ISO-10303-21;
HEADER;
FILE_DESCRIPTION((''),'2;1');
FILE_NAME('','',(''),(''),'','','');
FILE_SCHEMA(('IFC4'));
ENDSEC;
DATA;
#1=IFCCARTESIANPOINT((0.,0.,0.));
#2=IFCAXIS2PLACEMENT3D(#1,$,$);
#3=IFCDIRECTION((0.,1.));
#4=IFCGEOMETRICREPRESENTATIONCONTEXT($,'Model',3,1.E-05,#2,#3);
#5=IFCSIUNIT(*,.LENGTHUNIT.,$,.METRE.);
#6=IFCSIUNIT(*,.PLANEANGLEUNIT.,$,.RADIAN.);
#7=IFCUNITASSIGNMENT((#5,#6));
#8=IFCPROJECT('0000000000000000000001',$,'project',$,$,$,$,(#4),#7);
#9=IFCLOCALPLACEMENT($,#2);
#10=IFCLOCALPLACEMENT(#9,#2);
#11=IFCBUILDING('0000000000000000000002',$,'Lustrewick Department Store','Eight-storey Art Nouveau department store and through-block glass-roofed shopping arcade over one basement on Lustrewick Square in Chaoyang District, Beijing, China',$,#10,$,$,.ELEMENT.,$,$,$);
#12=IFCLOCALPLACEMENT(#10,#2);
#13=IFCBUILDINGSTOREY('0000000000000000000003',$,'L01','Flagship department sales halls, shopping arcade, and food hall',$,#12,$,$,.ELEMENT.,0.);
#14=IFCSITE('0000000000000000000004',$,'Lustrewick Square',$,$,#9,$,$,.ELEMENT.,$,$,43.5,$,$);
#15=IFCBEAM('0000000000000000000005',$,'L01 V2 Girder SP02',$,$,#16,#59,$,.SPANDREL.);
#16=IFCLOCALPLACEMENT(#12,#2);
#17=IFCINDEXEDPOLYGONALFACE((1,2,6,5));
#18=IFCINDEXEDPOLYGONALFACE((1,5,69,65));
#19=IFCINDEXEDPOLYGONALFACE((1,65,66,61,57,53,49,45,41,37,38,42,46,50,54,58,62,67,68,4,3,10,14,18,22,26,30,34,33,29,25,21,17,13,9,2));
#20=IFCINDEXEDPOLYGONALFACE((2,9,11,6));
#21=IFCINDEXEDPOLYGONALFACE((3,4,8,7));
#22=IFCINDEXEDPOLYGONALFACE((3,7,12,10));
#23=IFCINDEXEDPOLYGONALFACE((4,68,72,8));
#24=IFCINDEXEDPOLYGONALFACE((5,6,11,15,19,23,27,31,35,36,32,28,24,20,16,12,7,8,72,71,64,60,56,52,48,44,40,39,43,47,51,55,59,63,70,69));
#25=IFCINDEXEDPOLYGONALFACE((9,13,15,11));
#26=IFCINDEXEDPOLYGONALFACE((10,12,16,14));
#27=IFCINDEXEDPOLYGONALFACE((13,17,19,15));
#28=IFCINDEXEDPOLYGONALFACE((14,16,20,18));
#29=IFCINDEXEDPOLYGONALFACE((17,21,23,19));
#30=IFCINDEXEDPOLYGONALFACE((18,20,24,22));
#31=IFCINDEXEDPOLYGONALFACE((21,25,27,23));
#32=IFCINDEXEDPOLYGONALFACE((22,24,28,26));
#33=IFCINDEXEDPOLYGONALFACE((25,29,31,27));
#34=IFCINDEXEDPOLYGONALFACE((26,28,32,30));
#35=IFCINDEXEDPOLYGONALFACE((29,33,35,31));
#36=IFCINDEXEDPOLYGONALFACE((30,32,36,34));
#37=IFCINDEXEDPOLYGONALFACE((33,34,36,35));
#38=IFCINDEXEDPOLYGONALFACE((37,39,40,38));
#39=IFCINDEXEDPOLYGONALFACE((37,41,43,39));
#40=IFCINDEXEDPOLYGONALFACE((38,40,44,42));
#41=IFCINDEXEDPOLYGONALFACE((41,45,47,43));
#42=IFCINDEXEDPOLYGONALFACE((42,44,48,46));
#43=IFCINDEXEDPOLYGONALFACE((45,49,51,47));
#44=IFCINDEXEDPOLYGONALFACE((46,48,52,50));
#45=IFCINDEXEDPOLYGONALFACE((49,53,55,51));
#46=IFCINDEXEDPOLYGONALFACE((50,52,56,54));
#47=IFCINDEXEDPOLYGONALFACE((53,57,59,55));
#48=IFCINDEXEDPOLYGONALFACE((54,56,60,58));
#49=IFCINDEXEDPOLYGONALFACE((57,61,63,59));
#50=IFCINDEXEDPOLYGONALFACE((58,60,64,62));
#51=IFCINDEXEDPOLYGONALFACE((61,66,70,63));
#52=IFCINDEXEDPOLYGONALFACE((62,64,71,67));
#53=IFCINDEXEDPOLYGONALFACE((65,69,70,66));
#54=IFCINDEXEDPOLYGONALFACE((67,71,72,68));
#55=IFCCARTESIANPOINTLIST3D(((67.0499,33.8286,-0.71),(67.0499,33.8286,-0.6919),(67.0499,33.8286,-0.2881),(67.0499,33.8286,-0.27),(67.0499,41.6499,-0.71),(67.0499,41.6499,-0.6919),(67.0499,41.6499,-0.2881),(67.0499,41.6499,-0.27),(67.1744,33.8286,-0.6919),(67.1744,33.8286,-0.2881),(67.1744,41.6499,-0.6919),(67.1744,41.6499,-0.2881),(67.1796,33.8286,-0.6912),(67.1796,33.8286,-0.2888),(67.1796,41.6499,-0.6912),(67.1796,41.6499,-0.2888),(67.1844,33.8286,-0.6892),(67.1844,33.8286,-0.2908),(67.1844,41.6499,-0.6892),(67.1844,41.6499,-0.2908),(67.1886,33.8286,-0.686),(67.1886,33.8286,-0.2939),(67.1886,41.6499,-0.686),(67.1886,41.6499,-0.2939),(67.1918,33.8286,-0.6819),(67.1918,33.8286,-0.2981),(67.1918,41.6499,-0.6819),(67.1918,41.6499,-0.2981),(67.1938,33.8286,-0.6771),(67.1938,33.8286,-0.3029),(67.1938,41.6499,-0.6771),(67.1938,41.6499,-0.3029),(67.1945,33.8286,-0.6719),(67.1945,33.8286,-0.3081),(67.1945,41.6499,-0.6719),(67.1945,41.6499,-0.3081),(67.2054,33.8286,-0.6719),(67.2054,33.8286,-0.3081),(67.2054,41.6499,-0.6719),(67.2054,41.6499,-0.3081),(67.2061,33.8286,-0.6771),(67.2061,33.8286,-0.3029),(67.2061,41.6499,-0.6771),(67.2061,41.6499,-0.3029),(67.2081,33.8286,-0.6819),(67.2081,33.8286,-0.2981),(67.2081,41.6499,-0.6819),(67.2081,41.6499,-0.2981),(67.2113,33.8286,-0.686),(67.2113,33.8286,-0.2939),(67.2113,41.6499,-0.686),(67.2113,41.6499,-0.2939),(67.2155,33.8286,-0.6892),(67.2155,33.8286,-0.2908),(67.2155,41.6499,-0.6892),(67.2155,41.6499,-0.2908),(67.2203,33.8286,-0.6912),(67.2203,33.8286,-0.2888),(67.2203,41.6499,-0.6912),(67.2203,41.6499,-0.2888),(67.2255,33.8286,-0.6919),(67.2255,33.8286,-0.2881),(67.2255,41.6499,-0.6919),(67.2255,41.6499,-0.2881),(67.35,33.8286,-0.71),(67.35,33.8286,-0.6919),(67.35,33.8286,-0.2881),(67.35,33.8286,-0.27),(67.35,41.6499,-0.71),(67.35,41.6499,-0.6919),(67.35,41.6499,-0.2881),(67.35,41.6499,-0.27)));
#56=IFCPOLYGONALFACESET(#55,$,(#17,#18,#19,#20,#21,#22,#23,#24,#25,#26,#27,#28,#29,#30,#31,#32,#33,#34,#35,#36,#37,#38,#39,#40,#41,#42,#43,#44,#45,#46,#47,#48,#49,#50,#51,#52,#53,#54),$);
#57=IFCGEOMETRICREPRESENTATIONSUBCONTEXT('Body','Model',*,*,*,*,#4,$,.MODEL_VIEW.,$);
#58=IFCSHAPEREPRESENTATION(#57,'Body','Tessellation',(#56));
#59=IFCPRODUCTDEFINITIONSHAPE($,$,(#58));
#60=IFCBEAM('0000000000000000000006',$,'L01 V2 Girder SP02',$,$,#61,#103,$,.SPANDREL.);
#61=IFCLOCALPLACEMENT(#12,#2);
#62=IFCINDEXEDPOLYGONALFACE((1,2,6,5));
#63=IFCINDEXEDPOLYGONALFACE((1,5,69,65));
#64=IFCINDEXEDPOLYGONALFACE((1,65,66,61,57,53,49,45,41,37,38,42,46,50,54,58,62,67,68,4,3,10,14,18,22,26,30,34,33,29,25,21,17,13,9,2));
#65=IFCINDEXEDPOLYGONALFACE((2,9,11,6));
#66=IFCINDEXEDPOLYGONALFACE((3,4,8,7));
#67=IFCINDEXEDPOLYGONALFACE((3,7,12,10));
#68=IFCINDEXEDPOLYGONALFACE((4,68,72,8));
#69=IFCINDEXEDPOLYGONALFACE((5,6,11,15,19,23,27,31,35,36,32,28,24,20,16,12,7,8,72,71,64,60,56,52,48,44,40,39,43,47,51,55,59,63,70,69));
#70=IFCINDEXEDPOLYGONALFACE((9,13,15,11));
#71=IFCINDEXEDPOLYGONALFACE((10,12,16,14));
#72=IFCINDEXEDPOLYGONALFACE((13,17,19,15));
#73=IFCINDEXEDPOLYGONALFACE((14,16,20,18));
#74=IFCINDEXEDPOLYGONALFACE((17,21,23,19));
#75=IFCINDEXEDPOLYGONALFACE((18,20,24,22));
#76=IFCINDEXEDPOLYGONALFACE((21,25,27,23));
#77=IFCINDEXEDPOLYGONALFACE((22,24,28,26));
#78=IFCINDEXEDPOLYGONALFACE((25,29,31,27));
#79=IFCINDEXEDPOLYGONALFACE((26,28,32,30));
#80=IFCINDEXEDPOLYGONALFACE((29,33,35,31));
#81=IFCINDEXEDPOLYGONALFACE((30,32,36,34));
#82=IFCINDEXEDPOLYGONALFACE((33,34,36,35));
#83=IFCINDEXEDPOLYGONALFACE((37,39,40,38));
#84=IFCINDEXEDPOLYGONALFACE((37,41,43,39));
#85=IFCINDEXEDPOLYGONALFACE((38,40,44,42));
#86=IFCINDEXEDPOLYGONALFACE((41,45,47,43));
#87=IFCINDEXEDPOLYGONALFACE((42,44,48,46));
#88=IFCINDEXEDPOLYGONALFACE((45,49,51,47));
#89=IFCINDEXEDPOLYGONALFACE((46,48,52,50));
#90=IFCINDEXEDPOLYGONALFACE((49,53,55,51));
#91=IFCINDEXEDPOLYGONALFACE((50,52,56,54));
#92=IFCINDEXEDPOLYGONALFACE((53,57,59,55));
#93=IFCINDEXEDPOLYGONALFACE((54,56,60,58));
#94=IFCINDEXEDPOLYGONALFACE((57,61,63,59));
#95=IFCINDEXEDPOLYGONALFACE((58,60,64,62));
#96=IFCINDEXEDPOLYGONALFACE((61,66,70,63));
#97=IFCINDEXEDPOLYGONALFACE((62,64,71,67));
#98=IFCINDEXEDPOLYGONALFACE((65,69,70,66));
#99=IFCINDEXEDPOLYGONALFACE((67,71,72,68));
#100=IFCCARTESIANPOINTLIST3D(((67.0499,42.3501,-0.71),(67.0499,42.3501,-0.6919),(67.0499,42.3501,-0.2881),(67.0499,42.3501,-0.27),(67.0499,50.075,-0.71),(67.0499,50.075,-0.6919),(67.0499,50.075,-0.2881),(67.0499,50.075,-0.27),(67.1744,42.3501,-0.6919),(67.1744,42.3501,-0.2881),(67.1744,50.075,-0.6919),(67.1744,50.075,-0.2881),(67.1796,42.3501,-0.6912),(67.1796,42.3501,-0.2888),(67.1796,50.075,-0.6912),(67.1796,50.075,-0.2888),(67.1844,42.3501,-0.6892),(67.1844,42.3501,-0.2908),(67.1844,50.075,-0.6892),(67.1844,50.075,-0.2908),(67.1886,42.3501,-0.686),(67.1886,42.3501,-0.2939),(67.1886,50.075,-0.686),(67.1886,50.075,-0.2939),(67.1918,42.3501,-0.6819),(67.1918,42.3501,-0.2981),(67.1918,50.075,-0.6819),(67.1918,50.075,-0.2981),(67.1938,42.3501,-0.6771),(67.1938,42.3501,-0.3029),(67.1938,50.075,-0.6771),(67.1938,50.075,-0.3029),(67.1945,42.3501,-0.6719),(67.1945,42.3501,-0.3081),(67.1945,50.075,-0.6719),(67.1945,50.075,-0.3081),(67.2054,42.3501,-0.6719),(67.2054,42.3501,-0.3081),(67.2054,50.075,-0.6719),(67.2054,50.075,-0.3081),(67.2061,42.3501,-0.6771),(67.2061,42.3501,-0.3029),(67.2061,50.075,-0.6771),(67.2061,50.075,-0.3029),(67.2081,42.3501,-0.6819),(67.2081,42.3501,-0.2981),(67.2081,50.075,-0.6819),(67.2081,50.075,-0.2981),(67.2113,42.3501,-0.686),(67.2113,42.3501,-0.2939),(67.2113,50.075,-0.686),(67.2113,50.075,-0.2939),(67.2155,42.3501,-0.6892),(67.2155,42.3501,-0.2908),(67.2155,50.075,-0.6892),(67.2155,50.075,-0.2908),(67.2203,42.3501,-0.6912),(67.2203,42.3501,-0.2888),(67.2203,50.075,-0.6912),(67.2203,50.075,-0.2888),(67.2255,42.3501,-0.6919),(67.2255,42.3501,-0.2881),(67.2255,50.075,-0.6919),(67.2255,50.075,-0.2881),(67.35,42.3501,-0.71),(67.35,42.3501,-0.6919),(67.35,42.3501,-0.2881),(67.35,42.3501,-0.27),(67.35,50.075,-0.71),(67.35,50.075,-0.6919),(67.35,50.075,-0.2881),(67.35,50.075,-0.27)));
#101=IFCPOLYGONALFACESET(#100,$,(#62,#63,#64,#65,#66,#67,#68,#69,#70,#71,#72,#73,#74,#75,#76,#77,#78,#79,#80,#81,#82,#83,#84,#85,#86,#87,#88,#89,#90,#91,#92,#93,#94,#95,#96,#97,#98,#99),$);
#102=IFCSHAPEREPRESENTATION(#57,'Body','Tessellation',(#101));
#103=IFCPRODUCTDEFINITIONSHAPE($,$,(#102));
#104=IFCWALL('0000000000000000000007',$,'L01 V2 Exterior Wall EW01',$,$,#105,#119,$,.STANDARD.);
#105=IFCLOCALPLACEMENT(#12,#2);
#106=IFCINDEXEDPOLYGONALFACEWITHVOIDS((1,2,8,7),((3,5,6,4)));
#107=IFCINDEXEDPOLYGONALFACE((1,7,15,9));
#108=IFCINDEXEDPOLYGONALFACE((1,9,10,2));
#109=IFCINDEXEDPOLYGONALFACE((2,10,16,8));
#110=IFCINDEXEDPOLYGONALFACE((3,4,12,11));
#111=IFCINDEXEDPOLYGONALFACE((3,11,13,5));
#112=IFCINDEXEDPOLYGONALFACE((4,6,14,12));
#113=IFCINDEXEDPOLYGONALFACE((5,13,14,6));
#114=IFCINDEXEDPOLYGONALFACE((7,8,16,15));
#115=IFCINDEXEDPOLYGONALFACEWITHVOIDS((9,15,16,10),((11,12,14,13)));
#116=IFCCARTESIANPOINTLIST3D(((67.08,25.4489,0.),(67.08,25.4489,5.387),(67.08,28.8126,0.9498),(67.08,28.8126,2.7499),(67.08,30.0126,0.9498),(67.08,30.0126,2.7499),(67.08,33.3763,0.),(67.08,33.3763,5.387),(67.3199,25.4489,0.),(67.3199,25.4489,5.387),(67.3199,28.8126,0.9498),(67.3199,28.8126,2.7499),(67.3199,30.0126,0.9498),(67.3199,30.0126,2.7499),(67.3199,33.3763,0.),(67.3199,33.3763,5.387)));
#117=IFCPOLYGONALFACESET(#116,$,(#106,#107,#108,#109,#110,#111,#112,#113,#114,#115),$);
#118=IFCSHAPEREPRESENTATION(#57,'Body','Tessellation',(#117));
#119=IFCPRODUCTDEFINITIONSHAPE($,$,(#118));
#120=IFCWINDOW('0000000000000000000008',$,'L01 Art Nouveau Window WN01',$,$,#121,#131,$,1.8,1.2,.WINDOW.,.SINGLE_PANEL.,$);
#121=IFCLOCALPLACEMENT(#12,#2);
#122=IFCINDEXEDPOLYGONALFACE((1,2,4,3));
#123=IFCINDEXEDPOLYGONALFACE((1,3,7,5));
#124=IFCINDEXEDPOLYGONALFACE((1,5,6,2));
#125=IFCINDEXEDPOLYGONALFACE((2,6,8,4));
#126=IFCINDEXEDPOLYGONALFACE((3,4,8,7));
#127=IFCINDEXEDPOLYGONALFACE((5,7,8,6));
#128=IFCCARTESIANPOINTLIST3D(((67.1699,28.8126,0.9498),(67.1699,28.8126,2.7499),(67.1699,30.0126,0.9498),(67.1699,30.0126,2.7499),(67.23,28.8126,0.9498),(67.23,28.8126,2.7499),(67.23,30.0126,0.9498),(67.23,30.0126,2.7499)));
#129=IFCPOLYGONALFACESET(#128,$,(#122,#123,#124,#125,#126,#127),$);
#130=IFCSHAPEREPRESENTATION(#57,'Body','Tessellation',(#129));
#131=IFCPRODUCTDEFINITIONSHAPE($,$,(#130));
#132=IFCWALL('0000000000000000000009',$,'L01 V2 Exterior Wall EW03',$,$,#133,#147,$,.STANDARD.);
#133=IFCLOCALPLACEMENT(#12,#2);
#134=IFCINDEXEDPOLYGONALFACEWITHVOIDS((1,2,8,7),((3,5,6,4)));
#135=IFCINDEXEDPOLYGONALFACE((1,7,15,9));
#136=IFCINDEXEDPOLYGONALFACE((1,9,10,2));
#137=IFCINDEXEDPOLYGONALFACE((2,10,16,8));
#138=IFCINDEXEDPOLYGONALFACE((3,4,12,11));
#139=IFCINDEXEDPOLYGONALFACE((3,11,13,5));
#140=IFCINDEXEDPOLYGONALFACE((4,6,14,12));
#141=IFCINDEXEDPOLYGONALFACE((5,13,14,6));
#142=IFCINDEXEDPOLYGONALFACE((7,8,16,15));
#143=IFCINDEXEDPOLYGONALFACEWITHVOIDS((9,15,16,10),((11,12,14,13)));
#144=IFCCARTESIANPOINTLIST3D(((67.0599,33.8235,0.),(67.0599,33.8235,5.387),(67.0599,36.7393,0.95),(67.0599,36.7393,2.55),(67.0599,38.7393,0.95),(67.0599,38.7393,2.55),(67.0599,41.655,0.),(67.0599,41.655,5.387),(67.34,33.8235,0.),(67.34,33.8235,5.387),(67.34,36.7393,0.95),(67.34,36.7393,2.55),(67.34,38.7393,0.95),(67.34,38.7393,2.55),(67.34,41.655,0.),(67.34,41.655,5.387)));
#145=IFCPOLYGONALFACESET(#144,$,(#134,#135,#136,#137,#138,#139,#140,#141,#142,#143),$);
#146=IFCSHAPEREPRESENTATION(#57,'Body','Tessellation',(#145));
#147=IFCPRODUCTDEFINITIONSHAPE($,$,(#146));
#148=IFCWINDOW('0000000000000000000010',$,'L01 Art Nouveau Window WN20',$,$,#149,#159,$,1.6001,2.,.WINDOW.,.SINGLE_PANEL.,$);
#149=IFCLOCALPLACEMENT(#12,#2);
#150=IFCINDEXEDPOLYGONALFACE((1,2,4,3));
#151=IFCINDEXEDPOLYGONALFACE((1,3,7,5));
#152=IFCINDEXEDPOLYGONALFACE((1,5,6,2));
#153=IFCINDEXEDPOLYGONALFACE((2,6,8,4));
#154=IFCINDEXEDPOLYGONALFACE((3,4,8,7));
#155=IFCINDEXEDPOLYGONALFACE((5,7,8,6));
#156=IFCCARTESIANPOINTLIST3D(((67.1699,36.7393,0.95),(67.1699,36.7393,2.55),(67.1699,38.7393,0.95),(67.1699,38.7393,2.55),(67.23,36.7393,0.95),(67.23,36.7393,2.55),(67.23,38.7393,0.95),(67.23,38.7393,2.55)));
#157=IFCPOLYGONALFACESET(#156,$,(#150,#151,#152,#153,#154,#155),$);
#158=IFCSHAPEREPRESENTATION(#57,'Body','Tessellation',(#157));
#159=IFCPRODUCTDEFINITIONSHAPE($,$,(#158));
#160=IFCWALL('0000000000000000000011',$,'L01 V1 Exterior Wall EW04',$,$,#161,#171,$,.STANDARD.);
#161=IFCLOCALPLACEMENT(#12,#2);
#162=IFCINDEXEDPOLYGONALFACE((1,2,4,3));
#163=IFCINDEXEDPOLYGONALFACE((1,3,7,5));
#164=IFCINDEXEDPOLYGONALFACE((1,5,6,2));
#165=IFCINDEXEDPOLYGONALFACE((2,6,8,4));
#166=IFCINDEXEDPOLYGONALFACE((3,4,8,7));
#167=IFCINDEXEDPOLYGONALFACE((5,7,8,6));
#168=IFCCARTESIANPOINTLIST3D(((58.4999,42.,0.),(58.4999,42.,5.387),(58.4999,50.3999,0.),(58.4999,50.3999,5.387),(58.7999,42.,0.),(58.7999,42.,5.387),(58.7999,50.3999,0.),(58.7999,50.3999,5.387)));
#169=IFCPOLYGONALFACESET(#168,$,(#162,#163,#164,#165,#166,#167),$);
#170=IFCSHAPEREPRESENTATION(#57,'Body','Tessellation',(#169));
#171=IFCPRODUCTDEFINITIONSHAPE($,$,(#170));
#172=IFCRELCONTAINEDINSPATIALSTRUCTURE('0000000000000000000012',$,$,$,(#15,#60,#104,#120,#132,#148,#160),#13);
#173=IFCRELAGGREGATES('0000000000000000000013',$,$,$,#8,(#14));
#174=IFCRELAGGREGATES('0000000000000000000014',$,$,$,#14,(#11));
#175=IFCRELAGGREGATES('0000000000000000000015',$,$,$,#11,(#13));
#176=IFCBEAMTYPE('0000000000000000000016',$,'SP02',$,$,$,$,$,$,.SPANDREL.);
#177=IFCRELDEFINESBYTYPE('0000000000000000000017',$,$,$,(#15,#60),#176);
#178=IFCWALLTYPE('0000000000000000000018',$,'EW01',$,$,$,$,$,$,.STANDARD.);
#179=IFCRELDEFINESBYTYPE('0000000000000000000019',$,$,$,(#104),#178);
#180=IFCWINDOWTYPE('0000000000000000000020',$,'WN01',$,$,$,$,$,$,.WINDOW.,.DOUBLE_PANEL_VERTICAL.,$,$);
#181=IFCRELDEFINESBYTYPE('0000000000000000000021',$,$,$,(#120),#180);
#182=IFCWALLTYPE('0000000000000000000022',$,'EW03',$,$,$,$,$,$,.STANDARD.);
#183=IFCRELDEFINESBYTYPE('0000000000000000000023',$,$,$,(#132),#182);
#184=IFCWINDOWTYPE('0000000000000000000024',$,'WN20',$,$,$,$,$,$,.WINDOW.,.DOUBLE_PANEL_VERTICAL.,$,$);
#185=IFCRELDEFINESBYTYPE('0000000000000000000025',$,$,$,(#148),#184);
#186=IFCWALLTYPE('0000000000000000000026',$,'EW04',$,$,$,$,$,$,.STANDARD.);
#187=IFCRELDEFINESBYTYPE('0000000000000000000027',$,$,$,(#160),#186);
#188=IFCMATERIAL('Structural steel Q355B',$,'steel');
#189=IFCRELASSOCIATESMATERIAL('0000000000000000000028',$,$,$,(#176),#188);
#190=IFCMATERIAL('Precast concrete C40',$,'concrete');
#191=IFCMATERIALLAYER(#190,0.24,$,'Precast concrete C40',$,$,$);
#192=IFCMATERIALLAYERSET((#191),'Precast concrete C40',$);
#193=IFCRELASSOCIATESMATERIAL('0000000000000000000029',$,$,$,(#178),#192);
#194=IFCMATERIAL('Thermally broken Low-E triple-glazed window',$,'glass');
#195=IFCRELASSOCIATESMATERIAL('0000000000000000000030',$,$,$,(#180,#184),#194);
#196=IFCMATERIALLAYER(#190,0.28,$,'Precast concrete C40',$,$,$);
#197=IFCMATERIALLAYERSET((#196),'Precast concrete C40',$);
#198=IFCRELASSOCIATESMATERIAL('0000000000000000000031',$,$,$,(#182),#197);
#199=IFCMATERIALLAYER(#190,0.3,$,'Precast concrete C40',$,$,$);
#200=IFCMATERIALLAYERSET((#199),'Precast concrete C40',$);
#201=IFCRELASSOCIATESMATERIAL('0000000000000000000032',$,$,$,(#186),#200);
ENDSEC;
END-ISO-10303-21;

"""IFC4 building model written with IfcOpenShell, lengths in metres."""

from ifc_helpers import new_model, si_unit, direction, frame, frame_2d, origin, origin_2d, place, context, subcontext, project, spatial, rectangle, i_section, extrude, material, layer, layer_set, material_profile, profile_set, type_object, element, fill, save


model = new_model("IFC4")

# Units and contexts
model_context = context("Model", 3, precision=1e-05, world=origin(), true_north=direction((0.0, 1.0)))
body_context = subcontext(model_context, "Body", "Model", "MODEL_VIEW")
ifc_project = project(units=[si_unit("LENGTHUNIT", "METRE"), si_unit("PLANEANGLEUNIT", "RADIAN")], contexts=[model_context])

# Site, building, storey
site_placement = place(None, origin())
site = spatial("IfcSite", under=ifc_project, at=site_placement, Name="Lustrewick Square", CompositionType="ELEMENT", RefElevation=43.5)
building_placement = place(site_placement, origin())
building = spatial("IfcBuilding", under=site, at=building_placement, Name="Lustrewick Department Store", Description="Eight-storey Art Nouveau department store and through-block glass-roofed shopping arcade over one basement on Lustrewick Square in Chaoyang District, Beijing, China", CompositionType="ELEMENT")
storey_placement = place(building_placement, origin())
storey = spatial("IfcBuildingStorey", under=building, at=storey_placement, Name="L01", Description="Flagship department sales halls, shopping arcade, and food hall", CompositionType="ELEMENT", Elevation=0.0)

# Beams
ifc_material_1 = material(Name="Structural steel Q355B", Category="steel")
ifc_material_profile_1 = material_profile(ifc_material_1, i_section(OverallWidth=0.3, OverallDepth=0.4399, WebThickness=0.011, FlangeThickness=0.0181, FilletRadius=0.02, at=origin_2d()), Name="HM 440x300x11x18")
ifc_profile_set_1 = profile_set([ifc_material_profile_1], Name="Structural steel Q355B")
beam_type_1 = type_object("IfcBeamType", Name="SP02", PredefinedType="SPANDREL", material=ifc_profile_set_1)
beam_1_placement = place(storey_placement, frame((67.2, 33.8286, -0.49), z_axis=(0.0, 1.0, 0.0), x_axis=(-1.0, 0.0, 0.0)))
element("IfcBeam", 1, at=beam_1_placement, inside=storey, type_object=beam_type_1, Name="L01 V2 Girder SP02", PredefinedType="SPANDREL", context=body_context, shape_type="SweptSolid", body=[
    extrude(i_section(OverallWidth=0.3, OverallDepth=0.4399, WebThickness=0.011, FlangeThickness=0.0181, FilletRadius=0.02, at=origin_2d()), origin(), (0.0, 0.0, 1.0), 7.8213),
])
beam_2_placement = place(storey_placement, frame((67.2, 42.3501, -0.49), z_axis=(0.0, 1.0, 0.0), x_axis=(-1.0, 0.0, 0.0)))
element("IfcBeam", 2, at=beam_2_placement, inside=storey, type_object=beam_type_1, Name="L01 V2 Girder SP02", PredefinedType="SPANDREL", context=body_context, shape_type="SweptSolid", body=[
    extrude(i_section(OverallWidth=0.3, OverallDepth=0.4399, WebThickness=0.011, FlangeThickness=0.0181, FilletRadius=0.02, at=origin_2d()), origin(), (0.0, 0.0, 1.0), 7.7249),
])

# Wall, opening, window
ifc_material_2 = material(Name="Precast concrete C40", Category="concrete")
ifc_layer_1 = layer(ifc_material_2, 0.24, Name="Precast concrete C40")
ifc_layer_set_1 = layer_set([ifc_layer_1], Name="Precast concrete C40")
wall_type_1 = type_object("IfcWallType", Name="EW01", PredefinedType="STANDARD", material=ifc_layer_set_1)
wall_1_placement = place(storey_placement, frame((67.2, 33.3765, 0.0), z_axis=(0.0, 0.0, 1.0), x_axis=(0.0, -1.0, 0.0)))
wall_1 = element("IfcWall", 3, at=wall_1_placement, inside=storey, type_object=wall_type_1, Name="L01 V2 Exterior Wall EW01", PredefinedType="STANDARD", context=body_context, shape_type="SweptSolid", body=[
    extrude(rectangle(XDim=7.9275, YDim=0.24, at=frame_2d((3.9639, 0.0))), origin(), (0.0, 0.0, 1.0), 5.387),
])
opening_1_placement = place(wall_1_placement, frame((3.3638, 0.0, 0.95)))
opening_1 = element("IfcOpeningElement", 4, at=opening_1_placement, cuts=wall_1, PredefinedType="OPENING", context=body_context, shape_type="SweptSolid", body=[
    extrude(rectangle(XDim=1.2, YDim=1.8, at=frame_2d((0.6001, 0.8999))), frame((0.0, 0.1299, 0.0), z_axis=(0.0, -1.0, 0.0), x_axis=(1.0, 0.0, 0.0)), (0.0, 0.0, 1.0), 0.26),
])
ifc_material_3 = material(Name="Thermally broken Low-E triple-glazed window", Category="glass")
window_type_1 = type_object("IfcWindowType", Name="WN01", PartitioningType="DOUBLE_PANEL_VERTICAL", PredefinedType="WINDOW", material=ifc_material_3)
window_1_placement = place(opening_1_placement, origin())
window_1 = element("IfcWindow", 5, at=window_1_placement, inside=storey, type_object=window_type_1, Name="L01 Art Nouveau Window WN01", OverallHeight=1.8, OverallWidth=1.2, PartitioningType="SINGLE_PANEL", PredefinedType="WINDOW", context=body_context, shape_type="SweptSolid", body=[
    extrude(rectangle(XDim=1.2, YDim=1.8, at=frame_2d((0.6001, 0.8999))), frame((0.0, 0.03, 0.0), z_axis=(0.0, -1.0, 0.0), x_axis=(1.0, 0.0, 0.0)), (0.0, 0.0, 1.0), 0.0601),
])
fill(opening_1, window_1)

# Shared definitions
ifc_layer_2 = layer(ifc_material_2, 0.28, Name="Precast concrete C40")
ifc_layer_set_2 = layer_set([ifc_layer_2], Name="Precast concrete C40")
wall_type_2 = type_object("IfcWallType", Name="EW03", PredefinedType="STANDARD", material=ifc_layer_set_2)

# Wall, opening, window
wall_2_placement = place(storey_placement, frame((67.2, 41.655, 0.0), z_axis=(0.0, 0.0, 1.0), x_axis=(0.0, -1.0, 0.0)))
wall_2 = element("IfcWall", 6, at=wall_2_placement, inside=storey, type_object=wall_type_2, Name="L01 V2 Exterior Wall EW03", PredefinedType="STANDARD", context=body_context, shape_type="SweptSolid", body=[
    extrude(rectangle(XDim=7.8315, YDim=0.28, at=frame_2d((3.9158, 0.0))), origin(), (0.0, 0.0, 1.0), 5.387),
])
opening_2_placement = place(wall_2_placement, frame((2.9158, 0.0, 0.95)))
opening_2 = element("IfcOpeningElement", 7, at=opening_2_placement, cuts=wall_2, PredefinedType="OPENING", context=body_context, shape_type="SweptSolid", body=[
    extrude(rectangle(XDim=2.0, YDim=1.6001, at=frame_2d((1.0, 0.8))), frame((0.0, 0.1499, 0.0), z_axis=(0.0, -1.0, 0.0), x_axis=(1.0, 0.0, 0.0)), (0.0, 0.0, 1.0), 0.3),
])
window_type_2 = type_object("IfcWindowType", Name="WN20", PartitioningType="DOUBLE_PANEL_VERTICAL", PredefinedType="WINDOW", material=ifc_material_3)
window_2_placement = place(opening_2_placement, origin())
window_2 = element("IfcWindow", 8, at=window_2_placement, inside=storey, type_object=window_type_2, Name="L01 Art Nouveau Window WN20", OverallHeight=1.6001, OverallWidth=2.0, PartitioningType="SINGLE_PANEL", PredefinedType="WINDOW", context=body_context, shape_type="SweptSolid", body=[
    extrude(rectangle(XDim=2.0, YDim=1.6001, at=frame_2d((1.0, 0.8))), frame((0.0, 0.03, 0.0), z_axis=(0.0, -1.0, 0.0), x_axis=(1.0, 0.0, 0.0)), (0.0, 0.0, 1.0), 0.0601),
])
fill(opening_2, window_2)

# Wall
ifc_layer_3 = layer(ifc_material_2, 0.3, Name="Precast concrete C40")
ifc_layer_set_3 = layer_set([ifc_layer_3], Name="Precast concrete C40")
wall_type_3 = type_object("IfcWallType", Name="EW04", PredefinedType="STANDARD", material=ifc_layer_set_3)
wall_3_placement = place(storey_placement, frame((58.6499, 42.0, 0.0), z_axis=(0.0, 0.0, 1.0), x_axis=(0.0, 1.0, 0.0)))
element("IfcWall", 9, at=wall_3_placement, inside=storey, type_object=wall_type_3, Name="L01 V1 Exterior Wall EW04", PredefinedType="STANDARD", context=body_context, shape_type="SweptSolid", body=[
    extrude(rectangle(XDim=8.3999, YDim=0.3, at=frame_2d((4.2, 0.0))), origin(), (0.0, 0.0, 1.0), 5.387),
])

save(model, "model.ifc")
